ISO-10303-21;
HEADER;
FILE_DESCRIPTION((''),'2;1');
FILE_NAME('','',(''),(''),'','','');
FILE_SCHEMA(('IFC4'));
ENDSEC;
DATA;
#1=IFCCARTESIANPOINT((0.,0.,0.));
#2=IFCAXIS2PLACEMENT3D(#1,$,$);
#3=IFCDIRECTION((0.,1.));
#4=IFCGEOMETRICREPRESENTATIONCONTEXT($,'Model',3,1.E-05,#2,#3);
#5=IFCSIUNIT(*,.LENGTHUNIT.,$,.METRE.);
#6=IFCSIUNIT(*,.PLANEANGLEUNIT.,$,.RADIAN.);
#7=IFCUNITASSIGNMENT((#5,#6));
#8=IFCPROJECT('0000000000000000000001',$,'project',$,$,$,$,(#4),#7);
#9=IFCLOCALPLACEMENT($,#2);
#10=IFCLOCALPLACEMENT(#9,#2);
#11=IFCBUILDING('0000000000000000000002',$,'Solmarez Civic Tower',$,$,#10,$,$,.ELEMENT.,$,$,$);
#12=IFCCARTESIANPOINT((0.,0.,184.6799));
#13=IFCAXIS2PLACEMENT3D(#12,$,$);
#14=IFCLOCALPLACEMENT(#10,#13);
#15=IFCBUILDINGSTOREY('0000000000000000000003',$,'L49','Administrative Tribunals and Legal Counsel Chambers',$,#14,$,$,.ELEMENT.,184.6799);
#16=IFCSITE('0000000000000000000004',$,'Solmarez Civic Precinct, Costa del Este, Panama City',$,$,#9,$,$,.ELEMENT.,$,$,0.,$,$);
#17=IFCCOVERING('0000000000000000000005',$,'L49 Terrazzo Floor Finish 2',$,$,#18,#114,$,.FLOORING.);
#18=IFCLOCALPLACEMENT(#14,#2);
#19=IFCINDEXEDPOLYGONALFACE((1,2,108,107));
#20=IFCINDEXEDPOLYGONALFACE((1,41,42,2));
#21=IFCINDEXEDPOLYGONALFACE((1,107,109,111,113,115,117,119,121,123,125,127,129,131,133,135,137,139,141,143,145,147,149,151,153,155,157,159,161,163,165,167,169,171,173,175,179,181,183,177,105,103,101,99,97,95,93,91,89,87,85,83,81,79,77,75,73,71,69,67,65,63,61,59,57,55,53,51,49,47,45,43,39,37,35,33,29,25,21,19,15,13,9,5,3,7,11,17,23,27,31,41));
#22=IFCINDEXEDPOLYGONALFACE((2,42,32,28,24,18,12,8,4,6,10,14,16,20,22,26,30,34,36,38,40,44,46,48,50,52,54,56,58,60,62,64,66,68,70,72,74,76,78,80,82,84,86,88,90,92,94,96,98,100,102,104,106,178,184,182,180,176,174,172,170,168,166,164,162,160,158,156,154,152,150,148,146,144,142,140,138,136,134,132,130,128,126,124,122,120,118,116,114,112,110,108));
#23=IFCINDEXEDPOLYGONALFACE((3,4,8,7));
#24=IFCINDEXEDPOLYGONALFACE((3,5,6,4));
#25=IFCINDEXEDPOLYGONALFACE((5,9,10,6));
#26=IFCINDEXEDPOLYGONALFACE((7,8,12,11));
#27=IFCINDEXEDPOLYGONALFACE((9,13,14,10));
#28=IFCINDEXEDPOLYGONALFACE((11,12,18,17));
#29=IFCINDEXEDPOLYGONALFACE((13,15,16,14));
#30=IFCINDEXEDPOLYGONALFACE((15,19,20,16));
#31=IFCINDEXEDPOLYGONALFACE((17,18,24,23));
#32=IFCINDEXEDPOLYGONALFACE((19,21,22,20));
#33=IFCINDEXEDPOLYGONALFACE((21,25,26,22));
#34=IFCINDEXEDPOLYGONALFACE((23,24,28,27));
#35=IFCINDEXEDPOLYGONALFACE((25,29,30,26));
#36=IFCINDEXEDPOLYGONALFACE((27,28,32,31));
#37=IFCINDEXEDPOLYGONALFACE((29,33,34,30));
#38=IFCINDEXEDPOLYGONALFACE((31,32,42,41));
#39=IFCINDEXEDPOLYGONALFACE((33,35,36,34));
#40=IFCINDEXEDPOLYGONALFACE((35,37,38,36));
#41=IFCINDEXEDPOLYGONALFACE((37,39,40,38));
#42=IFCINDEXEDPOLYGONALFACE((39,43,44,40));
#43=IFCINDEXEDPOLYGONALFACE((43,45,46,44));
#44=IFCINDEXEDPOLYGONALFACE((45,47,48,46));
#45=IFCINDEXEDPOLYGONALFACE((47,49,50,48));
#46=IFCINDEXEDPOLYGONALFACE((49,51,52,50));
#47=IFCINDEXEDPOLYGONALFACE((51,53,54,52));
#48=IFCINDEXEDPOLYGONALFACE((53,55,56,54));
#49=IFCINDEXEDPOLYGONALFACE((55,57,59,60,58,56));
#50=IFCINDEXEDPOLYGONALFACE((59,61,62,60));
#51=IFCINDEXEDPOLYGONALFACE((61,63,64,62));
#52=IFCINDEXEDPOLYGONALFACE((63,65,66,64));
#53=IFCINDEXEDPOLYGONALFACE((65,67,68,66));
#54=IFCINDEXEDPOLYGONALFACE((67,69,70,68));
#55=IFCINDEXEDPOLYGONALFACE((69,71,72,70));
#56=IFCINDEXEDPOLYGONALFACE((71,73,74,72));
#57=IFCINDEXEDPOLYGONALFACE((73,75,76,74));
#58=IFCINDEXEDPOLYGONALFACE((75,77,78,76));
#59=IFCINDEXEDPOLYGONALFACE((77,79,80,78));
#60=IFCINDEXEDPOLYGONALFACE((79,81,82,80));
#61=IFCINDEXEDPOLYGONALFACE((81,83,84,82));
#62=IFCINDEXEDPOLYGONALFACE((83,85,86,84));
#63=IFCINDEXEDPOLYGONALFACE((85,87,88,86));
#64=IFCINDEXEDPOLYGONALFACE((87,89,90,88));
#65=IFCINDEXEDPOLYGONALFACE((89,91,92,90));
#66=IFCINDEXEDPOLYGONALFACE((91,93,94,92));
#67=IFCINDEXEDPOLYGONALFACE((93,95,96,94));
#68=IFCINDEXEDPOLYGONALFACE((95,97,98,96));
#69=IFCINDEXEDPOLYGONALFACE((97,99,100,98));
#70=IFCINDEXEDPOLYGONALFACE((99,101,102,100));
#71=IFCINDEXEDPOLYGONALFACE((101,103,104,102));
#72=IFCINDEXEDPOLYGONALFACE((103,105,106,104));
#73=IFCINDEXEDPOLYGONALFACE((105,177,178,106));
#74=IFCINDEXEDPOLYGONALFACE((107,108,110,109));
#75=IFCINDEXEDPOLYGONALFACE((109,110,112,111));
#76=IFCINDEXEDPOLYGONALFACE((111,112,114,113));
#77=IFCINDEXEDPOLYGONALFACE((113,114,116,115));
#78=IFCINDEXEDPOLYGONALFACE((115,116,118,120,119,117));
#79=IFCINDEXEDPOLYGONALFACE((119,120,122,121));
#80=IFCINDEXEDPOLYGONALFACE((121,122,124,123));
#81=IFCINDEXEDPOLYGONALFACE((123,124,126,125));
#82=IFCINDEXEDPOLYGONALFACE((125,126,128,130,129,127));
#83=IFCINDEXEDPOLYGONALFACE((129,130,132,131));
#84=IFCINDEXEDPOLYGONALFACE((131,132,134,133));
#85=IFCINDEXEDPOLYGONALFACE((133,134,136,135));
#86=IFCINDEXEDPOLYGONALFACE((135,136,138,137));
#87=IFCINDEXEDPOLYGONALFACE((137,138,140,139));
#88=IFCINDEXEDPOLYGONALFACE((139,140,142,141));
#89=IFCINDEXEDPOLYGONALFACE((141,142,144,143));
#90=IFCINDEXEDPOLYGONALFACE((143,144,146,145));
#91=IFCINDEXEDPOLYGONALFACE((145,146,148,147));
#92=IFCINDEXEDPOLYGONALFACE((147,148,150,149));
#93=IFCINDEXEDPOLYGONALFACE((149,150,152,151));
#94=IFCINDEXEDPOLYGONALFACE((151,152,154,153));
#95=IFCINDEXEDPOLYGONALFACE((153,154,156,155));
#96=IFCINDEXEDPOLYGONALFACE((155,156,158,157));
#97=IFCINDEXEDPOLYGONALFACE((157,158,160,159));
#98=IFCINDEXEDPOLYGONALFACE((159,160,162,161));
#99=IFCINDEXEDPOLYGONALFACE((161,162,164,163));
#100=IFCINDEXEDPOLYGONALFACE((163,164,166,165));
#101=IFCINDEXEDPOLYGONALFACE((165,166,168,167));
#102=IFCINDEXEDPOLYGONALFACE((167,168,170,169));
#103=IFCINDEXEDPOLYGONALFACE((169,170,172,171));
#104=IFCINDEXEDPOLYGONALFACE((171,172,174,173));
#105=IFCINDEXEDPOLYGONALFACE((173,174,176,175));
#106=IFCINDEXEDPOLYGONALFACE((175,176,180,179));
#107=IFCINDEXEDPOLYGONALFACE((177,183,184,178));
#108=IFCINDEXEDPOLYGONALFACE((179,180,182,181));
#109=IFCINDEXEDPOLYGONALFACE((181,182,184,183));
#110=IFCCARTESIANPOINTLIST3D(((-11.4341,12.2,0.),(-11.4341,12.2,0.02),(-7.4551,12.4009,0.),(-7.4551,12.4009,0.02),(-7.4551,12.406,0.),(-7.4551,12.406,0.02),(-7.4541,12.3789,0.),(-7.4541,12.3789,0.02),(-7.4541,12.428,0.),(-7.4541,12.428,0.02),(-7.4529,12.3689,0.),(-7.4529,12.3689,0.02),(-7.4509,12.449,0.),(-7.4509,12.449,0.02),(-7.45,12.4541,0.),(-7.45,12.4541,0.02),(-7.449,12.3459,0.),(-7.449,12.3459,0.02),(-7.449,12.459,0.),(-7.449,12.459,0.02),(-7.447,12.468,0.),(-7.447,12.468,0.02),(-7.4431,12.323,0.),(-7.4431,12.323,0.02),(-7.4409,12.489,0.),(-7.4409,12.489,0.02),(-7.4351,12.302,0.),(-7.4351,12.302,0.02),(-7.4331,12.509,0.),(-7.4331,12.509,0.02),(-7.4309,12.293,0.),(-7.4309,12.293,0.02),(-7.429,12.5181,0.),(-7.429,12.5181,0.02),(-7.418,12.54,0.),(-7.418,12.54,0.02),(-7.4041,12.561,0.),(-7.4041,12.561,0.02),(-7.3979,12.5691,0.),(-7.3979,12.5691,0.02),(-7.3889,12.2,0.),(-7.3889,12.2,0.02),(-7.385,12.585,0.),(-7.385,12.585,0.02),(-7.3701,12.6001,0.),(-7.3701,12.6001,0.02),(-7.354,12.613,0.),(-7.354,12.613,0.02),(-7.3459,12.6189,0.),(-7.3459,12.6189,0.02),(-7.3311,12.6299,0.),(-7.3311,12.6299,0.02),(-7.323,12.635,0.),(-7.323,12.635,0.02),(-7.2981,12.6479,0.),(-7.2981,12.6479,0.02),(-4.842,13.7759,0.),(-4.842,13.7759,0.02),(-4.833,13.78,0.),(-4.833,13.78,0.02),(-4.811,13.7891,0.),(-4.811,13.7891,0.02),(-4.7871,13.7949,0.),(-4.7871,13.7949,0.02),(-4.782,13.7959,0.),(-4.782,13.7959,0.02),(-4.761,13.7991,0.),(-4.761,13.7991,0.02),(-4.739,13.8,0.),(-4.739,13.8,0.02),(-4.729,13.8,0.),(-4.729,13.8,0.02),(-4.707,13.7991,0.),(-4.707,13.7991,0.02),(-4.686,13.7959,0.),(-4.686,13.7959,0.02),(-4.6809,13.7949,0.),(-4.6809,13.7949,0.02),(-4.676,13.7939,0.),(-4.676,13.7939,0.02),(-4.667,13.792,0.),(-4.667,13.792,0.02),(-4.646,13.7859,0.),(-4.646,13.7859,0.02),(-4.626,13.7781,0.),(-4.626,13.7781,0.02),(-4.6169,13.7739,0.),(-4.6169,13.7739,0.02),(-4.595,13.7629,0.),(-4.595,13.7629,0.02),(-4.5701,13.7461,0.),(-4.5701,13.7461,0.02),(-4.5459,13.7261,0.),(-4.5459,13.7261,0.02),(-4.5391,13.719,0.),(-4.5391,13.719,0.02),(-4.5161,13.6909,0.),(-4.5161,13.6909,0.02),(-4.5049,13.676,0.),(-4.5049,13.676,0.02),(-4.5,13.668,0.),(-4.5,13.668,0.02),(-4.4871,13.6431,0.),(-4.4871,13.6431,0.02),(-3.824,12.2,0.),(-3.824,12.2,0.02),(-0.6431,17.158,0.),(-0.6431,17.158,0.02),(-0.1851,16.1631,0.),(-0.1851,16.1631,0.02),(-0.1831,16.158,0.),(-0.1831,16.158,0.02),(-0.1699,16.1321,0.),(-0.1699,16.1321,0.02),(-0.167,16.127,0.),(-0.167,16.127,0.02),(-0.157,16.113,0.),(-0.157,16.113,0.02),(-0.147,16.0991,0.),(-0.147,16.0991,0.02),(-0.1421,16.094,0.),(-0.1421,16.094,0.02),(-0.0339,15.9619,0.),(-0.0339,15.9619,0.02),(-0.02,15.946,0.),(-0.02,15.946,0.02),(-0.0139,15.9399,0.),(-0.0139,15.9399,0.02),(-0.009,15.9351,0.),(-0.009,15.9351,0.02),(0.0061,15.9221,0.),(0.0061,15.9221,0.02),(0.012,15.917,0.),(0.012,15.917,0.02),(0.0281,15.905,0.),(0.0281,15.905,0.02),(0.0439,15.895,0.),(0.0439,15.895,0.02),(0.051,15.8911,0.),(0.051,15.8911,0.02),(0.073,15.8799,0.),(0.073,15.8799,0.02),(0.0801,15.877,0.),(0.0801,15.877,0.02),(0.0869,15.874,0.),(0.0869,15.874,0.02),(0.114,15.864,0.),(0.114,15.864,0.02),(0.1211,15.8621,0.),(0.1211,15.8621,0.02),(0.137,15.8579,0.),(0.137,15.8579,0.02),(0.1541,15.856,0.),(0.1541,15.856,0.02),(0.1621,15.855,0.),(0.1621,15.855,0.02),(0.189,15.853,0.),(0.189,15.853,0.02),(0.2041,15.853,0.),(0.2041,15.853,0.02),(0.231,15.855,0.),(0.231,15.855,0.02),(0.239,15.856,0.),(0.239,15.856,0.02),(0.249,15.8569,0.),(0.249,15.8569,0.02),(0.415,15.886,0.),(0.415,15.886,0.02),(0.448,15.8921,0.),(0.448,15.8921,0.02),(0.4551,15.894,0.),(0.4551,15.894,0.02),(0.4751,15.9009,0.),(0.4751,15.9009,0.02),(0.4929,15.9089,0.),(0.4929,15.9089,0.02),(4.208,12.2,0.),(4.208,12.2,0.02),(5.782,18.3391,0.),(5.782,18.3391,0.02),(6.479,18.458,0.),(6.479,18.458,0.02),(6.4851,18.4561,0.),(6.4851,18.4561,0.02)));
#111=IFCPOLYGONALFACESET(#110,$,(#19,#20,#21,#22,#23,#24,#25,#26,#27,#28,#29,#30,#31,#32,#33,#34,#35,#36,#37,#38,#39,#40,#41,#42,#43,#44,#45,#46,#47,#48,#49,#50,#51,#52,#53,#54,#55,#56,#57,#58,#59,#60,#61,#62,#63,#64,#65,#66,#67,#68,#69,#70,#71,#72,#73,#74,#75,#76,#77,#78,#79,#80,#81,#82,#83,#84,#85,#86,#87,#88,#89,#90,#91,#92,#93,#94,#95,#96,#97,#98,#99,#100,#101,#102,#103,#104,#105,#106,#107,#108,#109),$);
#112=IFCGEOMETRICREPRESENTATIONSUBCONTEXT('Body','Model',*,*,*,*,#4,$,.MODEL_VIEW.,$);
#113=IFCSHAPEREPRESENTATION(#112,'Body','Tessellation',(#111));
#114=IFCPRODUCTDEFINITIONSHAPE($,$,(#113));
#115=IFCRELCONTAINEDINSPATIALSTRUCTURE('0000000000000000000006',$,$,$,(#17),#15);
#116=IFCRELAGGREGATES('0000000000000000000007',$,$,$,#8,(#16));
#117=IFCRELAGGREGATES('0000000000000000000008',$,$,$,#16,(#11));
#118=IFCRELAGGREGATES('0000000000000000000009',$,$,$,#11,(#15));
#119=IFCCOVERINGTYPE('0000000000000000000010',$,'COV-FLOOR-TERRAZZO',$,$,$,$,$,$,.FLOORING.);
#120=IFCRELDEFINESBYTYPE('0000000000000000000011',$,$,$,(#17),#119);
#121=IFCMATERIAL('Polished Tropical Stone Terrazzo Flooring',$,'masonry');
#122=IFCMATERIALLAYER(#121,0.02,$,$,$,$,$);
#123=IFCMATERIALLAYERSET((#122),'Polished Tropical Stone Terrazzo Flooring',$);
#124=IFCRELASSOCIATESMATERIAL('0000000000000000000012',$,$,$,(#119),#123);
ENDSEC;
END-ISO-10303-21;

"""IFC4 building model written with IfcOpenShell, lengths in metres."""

from ifc_helpers import new_model, si_unit, direction, frame, origin, place, context, subcontext, project, spatial, polyline, outline, extrude, material, layer, layer_set, type_object, element, save


model = new_model("IFC4")

# Units and contexts
model_context = context("Model", 3, precision=1e-05, world=origin(), true_north=direction((0.0, 1.0)))
body_context = subcontext(model_context, "Body", "Model", "MODEL_VIEW")
ifc_project = project(units=[si_unit("LENGTHUNIT", "METRE"), si_unit("PLANEANGLEUNIT", "RADIAN")], contexts=[model_context])

# Site, building, storey
site_placement = place(None, origin())
site = spatial("IfcSite", under=ifc_project, at=site_placement, Name="Solmarez Civic Precinct, Costa del Este, Panama City", CompositionType="ELEMENT", RefElevation=0.0)
building_placement = place(site_placement, origin())
building = spatial("IfcBuilding", under=site, at=building_placement, Name="Solmarez Civic Tower", CompositionType="ELEMENT")
storey_placement = place(building_placement, frame((0.0, 0.0, 184.6799)))
storey = spatial("IfcBuildingStorey", under=building, at=storey_placement, Name="L49", Description="Administrative Tribunals and Legal Counsel Chambers", CompositionType="ELEMENT", Elevation=184.6799)

# Covering
ifc_material_1 = material(Name="Polished Tropical Stone Terrazzo Flooring", Category="masonry")
ifc_layer_1 = layer(ifc_material_1, 0.02)
ifc_layer_set_1 = layer_set([ifc_layer_1], Name="Polished Tropical Stone Terrazzo Flooring")
covering_type_1 = type_object("IfcCoveringType", Name="COV-FLOOR-TERRAZZO", PredefinedType="FLOORING", material=ifc_layer_set_1)
covering_1_placement = place(storey_placement, origin())
element("IfcCovering", 1, at=covering_1_placement, inside=storey, type_object=covering_type_1, Name="L49 Terrazzo Floor Finish 2", PredefinedType="FLOORING", context=body_context, shape_type="SweptSolid", body=[
    extrude(outline(polyline([(-11.4341, 12.2), (-7.3889, 12.2), (-7.4309, 12.293), (-7.4351, 12.302), (-7.4431, 12.323), (-7.449, 12.3459), (-7.4529, 12.3689), (-7.4541, 12.3789), (-7.4551, 12.4009), (-7.4551, 12.406), (-7.4541, 12.428), (-7.4509, 12.449), (-7.45, 12.4541), (-7.449, 12.459), (-7.447, 12.468), (-7.4409, 12.489), (-7.4331, 12.509), (-7.429, 12.5181), (-7.418, 12.54), (-7.4041, 12.561), (-7.3979, 12.5691), (-7.385, 12.585), (-7.3701, 12.6001), (-7.354, 12.613), (-7.3459, 12.6189), (-7.3311, 12.6299), (-7.323, 12.635), (-7.2981, 12.6479), (-4.842, 13.7759), (-4.833, 13.78), (-4.811, 13.7891), (-4.7871, 13.7949), (-4.782, 13.7959), (-4.761, 13.7991), (-4.739, 13.8), (-4.729, 13.8), (-4.707, 13.7991), (-4.686, 13.7959), (-4.6809, 13.7949), (-4.676, 13.7939), (-4.667, 13.792), (-4.646, 13.7859), (-4.626, 13.7781), (-4.6169, 13.7739), (-4.595, 13.7629), (-4.5701, 13.7461), (-4.5459, 13.7261), (-4.5391, 13.719), (-4.5161, 13.6909), (-4.5049, 13.676), (-4.5, 13.668), (-4.4871, 13.6431), (-3.824, 12.2), (4.208, 12.2), (6.4851, 18.4561), (6.479, 18.458), (5.782, 18.3391), (0.4929, 15.9089), (0.4751, 15.9009), (0.4551, 15.894), (0.448, 15.8921), (0.415, 15.886), (0.249, 15.8569), (0.239, 15.856), (0.231, 15.855), (0.2041, 15.853), (0.189, 15.853), (0.1621, 15.855), (0.1541, 15.856), (0.137, 15.8579), (0.1211, 15.8621), (0.114, 15.864), (0.0869, 15.874), (0.0801, 15.877), (0.073, 15.8799), (0.051, 15.8911), (0.0439, 15.895), (0.0281, 15.905), (0.012, 15.917), (0.0061, 15.9221), (-0.009, 15.9351), (-0.0139, 15.9399), (-0.02, 15.946), (-0.0339, 15.9619), (-0.1421, 16.094), (-0.147, 16.0991), (-0.157, 16.113), (-0.167, 16.127), (-0.1699, 16.1321), (-0.1831, 16.158), (-0.1851, 16.1631), (-0.6431, 17.158), (-11.4341, 12.2)])), origin(), (0.0, 0.0, 1.0), 0.02),
])

save(model, "model.ifc")
